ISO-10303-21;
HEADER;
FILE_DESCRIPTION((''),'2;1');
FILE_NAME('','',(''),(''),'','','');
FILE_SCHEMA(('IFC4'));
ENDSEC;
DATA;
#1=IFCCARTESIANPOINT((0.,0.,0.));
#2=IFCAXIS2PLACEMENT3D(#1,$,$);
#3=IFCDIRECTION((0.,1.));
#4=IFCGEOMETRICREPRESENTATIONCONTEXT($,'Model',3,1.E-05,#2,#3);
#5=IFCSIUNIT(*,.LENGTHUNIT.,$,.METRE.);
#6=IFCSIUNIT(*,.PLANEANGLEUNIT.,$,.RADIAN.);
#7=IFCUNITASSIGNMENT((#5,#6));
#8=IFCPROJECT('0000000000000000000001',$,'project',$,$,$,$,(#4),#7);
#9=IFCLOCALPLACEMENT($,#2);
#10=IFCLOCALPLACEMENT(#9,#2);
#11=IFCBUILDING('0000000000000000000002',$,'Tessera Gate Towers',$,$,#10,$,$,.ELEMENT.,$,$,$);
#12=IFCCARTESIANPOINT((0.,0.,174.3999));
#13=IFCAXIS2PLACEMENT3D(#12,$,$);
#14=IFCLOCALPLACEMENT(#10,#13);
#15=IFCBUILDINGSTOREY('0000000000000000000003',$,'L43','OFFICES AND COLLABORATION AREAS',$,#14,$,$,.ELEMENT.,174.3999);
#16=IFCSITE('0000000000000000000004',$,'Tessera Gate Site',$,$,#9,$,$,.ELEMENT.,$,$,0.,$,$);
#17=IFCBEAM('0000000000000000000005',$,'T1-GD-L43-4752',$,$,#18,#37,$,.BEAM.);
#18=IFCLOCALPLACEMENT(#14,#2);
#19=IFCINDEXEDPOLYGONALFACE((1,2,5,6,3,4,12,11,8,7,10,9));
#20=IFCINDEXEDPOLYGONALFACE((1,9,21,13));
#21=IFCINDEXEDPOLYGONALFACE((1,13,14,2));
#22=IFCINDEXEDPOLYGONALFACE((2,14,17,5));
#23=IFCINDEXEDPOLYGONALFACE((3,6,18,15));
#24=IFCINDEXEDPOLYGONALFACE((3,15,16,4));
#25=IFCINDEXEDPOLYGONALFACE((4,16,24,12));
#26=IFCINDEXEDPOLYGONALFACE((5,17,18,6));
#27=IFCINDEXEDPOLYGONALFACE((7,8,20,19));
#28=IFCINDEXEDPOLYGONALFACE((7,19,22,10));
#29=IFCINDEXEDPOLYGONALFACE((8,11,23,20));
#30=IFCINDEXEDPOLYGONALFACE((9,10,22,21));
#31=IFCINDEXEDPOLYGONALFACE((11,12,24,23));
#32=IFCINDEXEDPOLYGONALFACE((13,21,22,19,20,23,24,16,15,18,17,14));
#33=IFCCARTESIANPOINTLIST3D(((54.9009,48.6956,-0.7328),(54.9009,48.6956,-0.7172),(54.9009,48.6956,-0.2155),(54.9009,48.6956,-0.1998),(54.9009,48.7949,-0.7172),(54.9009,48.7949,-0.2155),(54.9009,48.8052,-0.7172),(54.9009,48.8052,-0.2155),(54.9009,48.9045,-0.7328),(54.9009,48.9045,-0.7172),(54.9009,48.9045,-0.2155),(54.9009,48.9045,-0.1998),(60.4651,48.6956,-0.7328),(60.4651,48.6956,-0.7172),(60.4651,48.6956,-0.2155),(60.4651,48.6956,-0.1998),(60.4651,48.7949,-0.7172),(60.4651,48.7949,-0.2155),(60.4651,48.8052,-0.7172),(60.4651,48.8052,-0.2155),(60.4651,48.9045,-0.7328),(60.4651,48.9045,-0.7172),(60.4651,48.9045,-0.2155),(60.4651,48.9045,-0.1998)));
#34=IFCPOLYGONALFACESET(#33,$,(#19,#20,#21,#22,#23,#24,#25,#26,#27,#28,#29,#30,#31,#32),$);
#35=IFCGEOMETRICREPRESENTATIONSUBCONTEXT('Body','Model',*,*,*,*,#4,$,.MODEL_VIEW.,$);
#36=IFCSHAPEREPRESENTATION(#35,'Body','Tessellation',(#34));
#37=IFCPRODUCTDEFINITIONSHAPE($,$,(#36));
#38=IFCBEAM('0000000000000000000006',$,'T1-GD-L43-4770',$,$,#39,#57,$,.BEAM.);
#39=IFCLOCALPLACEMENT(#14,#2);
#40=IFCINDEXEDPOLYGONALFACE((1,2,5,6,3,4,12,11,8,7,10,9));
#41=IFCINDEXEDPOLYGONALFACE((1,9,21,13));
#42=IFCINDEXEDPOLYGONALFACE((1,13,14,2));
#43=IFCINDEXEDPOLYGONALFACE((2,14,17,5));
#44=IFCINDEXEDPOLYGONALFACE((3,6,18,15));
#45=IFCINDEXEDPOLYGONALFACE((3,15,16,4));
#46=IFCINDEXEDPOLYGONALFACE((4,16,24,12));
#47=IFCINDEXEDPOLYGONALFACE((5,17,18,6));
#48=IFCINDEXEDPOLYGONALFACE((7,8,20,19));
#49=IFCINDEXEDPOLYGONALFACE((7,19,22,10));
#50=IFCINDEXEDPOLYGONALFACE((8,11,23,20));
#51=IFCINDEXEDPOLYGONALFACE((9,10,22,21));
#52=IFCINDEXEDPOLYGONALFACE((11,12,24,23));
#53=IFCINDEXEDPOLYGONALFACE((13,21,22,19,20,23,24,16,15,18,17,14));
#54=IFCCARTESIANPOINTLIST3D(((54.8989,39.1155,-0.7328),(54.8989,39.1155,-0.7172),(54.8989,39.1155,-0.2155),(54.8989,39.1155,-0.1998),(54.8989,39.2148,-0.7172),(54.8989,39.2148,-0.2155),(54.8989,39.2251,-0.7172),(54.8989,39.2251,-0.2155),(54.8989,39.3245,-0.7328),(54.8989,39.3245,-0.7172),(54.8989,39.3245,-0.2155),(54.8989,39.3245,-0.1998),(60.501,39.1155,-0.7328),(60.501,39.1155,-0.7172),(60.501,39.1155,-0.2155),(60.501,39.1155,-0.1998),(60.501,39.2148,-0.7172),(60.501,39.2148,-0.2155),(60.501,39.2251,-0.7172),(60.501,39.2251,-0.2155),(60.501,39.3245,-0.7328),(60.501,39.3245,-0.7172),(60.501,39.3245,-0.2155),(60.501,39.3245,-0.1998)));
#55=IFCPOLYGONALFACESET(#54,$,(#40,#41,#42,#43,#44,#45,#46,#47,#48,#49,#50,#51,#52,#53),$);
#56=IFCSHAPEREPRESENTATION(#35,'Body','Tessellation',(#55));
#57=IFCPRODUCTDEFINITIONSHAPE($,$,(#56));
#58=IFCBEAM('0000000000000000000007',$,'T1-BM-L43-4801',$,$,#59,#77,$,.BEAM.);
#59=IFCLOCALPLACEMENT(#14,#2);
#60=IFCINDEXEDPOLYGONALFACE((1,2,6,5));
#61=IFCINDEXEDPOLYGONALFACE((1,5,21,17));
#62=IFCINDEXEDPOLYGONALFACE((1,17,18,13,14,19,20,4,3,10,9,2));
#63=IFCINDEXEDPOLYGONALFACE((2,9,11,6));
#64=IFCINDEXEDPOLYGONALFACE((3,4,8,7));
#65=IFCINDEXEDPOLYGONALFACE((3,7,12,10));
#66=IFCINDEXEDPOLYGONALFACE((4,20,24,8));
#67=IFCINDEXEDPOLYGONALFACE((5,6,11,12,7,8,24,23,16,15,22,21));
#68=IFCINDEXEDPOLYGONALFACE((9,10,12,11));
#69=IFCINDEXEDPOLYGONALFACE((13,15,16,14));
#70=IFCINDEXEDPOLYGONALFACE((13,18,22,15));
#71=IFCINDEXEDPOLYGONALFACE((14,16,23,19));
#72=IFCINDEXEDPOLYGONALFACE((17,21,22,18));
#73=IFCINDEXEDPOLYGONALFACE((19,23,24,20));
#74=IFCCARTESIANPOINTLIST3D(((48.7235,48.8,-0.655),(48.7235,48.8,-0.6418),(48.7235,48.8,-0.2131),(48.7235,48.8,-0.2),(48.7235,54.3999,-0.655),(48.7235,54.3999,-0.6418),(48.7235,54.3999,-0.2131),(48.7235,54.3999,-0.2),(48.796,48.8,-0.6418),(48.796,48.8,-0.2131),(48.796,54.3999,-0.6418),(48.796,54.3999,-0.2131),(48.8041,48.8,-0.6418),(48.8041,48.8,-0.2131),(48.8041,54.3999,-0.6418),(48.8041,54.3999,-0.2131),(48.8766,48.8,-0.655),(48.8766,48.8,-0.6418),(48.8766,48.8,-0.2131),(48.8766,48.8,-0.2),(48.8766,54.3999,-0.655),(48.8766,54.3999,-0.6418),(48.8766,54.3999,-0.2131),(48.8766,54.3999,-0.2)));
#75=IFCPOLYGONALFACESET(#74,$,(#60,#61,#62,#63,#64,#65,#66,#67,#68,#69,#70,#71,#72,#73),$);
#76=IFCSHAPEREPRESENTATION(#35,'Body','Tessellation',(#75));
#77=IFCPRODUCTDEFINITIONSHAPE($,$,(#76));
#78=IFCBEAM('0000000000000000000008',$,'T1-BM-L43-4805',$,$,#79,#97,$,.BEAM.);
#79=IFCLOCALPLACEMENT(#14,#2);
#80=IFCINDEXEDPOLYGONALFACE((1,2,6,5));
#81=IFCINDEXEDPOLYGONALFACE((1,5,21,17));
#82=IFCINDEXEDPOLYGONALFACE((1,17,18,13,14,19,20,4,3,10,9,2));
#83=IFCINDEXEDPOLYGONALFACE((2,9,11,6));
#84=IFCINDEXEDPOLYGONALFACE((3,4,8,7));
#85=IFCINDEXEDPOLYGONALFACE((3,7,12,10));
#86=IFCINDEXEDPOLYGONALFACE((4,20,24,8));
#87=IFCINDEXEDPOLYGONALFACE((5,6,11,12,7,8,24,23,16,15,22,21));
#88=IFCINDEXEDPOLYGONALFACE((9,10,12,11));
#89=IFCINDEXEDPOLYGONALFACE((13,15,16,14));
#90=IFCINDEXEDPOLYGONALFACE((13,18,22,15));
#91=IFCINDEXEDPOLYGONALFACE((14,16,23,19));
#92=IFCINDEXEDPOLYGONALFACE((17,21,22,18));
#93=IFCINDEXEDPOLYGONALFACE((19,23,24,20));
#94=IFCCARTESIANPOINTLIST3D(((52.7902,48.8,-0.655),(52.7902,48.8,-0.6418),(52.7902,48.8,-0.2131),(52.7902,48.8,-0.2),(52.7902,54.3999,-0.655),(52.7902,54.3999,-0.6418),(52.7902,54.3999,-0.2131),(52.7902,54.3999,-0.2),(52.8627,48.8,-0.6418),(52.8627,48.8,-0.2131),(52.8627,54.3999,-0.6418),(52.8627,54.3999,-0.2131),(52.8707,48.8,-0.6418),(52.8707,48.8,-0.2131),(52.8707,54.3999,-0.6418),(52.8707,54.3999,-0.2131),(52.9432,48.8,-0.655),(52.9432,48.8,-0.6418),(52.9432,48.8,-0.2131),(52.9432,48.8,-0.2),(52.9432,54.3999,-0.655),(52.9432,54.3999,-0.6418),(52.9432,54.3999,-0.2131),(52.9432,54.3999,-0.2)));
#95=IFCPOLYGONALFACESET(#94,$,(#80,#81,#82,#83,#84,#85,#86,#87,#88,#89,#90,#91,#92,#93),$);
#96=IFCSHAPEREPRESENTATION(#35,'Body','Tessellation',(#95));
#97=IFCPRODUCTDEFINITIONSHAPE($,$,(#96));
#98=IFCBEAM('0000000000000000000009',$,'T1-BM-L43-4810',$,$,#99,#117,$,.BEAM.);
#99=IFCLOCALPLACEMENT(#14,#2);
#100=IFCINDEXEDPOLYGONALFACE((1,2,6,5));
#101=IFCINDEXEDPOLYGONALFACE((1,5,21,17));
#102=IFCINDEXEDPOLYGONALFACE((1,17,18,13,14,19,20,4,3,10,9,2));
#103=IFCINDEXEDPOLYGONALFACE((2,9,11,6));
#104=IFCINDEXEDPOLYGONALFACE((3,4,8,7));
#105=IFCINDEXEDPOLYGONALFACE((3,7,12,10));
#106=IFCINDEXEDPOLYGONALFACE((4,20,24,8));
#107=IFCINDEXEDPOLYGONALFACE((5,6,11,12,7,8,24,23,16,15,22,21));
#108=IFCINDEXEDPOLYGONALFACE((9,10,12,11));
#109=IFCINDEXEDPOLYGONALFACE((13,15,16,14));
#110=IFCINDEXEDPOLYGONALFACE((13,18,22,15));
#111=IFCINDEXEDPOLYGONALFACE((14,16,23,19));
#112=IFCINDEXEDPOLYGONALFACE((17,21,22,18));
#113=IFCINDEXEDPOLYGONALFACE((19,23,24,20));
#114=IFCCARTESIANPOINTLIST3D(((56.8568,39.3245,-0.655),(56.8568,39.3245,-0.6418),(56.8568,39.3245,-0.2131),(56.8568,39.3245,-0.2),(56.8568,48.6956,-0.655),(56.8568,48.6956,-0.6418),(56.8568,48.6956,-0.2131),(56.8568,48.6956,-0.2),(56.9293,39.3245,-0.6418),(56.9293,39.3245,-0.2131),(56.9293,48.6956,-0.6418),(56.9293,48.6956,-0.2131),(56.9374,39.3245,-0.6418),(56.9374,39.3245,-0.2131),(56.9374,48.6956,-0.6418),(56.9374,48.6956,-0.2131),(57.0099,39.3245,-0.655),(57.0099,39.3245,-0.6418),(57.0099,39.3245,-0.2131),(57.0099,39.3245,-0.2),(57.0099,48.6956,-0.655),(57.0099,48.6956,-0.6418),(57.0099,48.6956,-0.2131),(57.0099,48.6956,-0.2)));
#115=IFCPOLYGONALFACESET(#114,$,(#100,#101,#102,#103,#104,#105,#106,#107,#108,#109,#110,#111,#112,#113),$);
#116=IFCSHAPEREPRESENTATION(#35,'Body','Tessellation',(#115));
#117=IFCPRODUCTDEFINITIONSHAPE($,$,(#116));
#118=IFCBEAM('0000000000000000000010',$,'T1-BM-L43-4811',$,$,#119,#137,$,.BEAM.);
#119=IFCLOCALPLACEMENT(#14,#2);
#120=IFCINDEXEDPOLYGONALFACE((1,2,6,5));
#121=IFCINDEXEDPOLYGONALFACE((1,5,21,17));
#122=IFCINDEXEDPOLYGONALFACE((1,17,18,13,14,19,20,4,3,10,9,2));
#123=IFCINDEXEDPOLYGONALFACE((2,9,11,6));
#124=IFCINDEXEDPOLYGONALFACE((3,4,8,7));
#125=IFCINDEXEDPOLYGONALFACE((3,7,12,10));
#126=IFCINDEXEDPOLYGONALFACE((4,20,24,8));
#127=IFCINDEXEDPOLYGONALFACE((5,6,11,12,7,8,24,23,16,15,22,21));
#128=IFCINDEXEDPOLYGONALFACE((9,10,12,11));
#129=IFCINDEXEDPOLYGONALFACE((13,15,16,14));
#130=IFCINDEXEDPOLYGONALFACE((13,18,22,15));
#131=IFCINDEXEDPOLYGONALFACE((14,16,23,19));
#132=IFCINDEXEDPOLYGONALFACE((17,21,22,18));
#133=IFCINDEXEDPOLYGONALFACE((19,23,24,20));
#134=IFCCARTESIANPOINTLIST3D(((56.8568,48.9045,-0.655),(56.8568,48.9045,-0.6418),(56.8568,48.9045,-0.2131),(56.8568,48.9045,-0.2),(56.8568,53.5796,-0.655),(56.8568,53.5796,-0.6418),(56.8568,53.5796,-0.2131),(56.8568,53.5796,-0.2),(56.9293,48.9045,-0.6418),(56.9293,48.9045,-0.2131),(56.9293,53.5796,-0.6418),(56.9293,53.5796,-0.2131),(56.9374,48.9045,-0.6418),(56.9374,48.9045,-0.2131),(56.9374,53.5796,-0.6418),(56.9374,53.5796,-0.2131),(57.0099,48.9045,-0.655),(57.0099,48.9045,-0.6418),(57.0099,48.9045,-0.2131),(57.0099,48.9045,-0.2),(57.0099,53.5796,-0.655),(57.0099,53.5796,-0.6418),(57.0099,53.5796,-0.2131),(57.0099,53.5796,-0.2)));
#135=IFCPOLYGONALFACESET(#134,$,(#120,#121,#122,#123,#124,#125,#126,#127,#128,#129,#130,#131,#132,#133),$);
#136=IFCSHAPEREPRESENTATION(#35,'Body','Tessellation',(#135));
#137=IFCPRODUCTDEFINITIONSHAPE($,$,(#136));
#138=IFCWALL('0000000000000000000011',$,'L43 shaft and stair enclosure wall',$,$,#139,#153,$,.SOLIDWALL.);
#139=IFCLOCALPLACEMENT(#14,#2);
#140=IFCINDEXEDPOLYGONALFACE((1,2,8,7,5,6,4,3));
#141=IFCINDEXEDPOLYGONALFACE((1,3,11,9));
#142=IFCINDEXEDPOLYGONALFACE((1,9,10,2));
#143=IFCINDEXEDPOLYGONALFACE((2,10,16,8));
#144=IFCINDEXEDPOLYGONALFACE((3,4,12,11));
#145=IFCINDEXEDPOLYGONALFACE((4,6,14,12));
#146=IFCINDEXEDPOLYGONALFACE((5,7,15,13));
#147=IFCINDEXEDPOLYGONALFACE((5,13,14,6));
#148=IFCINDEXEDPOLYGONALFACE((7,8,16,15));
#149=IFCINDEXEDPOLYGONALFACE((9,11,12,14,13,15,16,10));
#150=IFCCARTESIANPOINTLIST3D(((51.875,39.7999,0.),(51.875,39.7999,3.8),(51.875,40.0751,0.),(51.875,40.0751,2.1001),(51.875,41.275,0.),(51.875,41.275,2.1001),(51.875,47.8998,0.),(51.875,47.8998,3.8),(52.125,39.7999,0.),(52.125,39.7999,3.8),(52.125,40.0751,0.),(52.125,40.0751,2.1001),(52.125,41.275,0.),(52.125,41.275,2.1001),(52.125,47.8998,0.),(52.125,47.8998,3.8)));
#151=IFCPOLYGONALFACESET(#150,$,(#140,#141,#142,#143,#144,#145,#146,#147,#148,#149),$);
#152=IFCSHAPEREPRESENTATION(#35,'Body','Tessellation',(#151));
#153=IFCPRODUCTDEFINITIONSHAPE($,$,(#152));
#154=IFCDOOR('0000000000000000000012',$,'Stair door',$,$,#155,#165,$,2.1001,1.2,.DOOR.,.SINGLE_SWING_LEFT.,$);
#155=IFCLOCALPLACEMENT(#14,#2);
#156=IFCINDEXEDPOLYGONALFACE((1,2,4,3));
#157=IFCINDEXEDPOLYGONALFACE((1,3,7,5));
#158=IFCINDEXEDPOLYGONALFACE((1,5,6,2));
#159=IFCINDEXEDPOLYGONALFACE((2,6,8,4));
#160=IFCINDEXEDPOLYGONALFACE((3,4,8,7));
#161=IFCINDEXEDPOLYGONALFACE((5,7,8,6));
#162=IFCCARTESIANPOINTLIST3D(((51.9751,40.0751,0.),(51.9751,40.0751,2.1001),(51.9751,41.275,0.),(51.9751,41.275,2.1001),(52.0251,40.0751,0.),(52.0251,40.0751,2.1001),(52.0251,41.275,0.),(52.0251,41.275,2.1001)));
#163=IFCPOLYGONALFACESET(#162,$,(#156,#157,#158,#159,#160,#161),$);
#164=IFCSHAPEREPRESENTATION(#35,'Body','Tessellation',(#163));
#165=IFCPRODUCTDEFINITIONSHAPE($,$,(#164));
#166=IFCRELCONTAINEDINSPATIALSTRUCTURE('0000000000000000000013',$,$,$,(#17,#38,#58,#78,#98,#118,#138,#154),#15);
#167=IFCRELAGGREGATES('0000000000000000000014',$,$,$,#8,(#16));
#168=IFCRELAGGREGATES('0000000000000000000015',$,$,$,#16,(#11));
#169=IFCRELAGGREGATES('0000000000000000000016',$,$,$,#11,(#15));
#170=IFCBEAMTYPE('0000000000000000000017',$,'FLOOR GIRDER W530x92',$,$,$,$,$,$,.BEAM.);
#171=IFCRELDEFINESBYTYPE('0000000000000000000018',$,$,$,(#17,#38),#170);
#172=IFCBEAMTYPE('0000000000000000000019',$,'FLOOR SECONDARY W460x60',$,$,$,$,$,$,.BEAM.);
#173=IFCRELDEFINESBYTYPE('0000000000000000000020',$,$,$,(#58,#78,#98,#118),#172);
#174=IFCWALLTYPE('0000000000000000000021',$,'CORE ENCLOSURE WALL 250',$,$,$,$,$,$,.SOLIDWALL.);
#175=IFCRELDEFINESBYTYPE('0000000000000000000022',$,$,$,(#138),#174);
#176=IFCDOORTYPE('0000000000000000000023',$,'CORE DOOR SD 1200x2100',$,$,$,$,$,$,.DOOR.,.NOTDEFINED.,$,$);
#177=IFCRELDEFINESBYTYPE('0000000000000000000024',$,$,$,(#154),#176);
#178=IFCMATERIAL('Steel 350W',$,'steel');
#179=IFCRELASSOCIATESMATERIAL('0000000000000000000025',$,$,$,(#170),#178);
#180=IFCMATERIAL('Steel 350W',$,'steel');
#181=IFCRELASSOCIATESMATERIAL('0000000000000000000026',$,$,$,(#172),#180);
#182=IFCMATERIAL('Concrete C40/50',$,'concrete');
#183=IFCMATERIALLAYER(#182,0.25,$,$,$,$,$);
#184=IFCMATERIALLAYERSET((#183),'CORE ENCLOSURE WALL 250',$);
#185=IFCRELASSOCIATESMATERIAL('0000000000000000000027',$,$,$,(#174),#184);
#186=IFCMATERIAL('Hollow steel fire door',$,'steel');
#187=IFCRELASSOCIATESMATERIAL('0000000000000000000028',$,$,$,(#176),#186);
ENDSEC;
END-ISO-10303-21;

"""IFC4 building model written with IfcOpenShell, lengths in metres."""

from ifc_helpers import new_model, si_unit, direction, frame, frame_2d, origin, origin_2d, place, context, subcontext, project, spatial, rectangle, i_section, extrude, source, transform, mapped, material, layer, layer_set, material_profile, profile_set, type_object, element, fill, save


model = new_model("IFC4")

# Units and contexts
model_context = context("Model", 3, precision=1e-05, world=origin(), true_north=direction((0.0, 1.0)))
body_context = subcontext(model_context, "Body", "Model", "MODEL_VIEW")
ifc_project = project(units=[si_unit("LENGTHUNIT", "METRE"), si_unit("PLANEANGLEUNIT", "RADIAN")], contexts=[model_context])

# Site, building, storey
site_placement = place(None, origin())
site = spatial("IfcSite", under=ifc_project, at=site_placement, Name="Tessera Gate Site", CompositionType="ELEMENT", RefElevation=0.0)
building_placement = place(site_placement, origin())
building = spatial("IfcBuilding", under=site, at=building_placement, Name="Tessera Gate Towers", CompositionType="ELEMENT")
storey_placement = place(building_placement, frame((0.0, 0.0, 174.3999)))
storey = spatial("IfcBuildingStorey", under=building, at=storey_placement, Name="L43", Description="OFFICES AND COLLABORATION AREAS", CompositionType="ELEMENT", Elevation=174.3999)

# Beams
ifc_material_1 = material(Name="Steel 350W", Category="steel")
ifc_material_profile_1 = material_profile(ifc_material_1, i_section(OverallWidth=0.209, OverallDepth=0.533, WebThickness=0.0103, FlangeThickness=0.0156, at=origin_2d()), Name="W530x92")
ifc_profile_set_1 = profile_set([ifc_material_profile_1], Name="Steel 350W")
beam_type_1 = type_object("IfcBeamType", Name="FLOOR GIRDER W530x92", PredefinedType="BEAM", material=ifc_profile_set_1)
beam_1_placement = place(storey_placement, frame((54.9009, 48.8, -0.4663), z_axis=(1.0, 0.0, 0.0), x_axis=(0.0, 1.0, 0.0)))
element("IfcBeam", 1, at=beam_1_placement, inside=storey, type_object=beam_type_1, Name="T1-GD-L43-4752", PredefinedType="BEAM", context=body_context, shape_type="SweptSolid", body=[
    extrude(i_section(OverallWidth=0.209, OverallDepth=0.533, WebThickness=0.0103, FlangeThickness=0.0156, at=origin_2d()), origin(), (0.0, 0.0, 1.0), 5.5642),
])
beam_2_placement = place(storey_placement, frame((54.8989, 39.22, -0.4663), z_axis=(1.0, 0.0, 0.0), x_axis=(0.0, 1.0, 0.0)))
element("IfcBeam", 2, at=beam_2_placement, inside=storey, type_object=beam_type_1, Name="T1-GD-L43-4770", PredefinedType="BEAM", context=body_context, shape_type="SweptSolid", body=[
    extrude(i_section(OverallWidth=0.209, OverallDepth=0.533, WebThickness=0.0103, FlangeThickness=0.0156, at=origin_2d()), origin(), (0.0, 0.0, 1.0), 5.6021),
])
ifc_material_2 = material(Name="Steel 350W", Category="steel")
ifc_material_profile_2 = material_profile(ifc_material_2, i_section(OverallWidth=0.1531, OverallDepth=0.4551, WebThickness=0.0081, FlangeThickness=0.0132, at=origin_2d()), Name="W460x60")
ifc_profile_set_2 = profile_set([ifc_material_profile_2], Name="Steel 350W")
beam_type_2 = type_object("IfcBeamType", Name="FLOOR SECONDARY W460x60", PredefinedType="BEAM", material=ifc_profile_set_2)
for number, where, z_axis, x_axis, name in (
    (3, (48.8, 48.8, -0.4275), (0.0, 1.0, 0.0), (-1.0, 0.0, 0.0), "T1-BM-L43-4801"),
    (4, (52.8667, 48.8, -0.4275), (0.0, 1.0, 0.0), (-1.0, 0.0, 0.0), "T1-BM-L43-4805"),
):
    element("IfcBeam", number, at=place(storey_placement, frame(where, z_axis=z_axis, x_axis=x_axis)), inside=storey, type_object=beam_type_2, Name=name, PredefinedType="BEAM", context=body_context, shape_type="SweptSolid", body=[
        extrude(i_section(OverallWidth=0.1531, OverallDepth=0.4551, WebThickness=0.0081, FlangeThickness=0.0132, at=origin_2d()), origin(), (0.0, 0.0, 1.0), 5.5999),
    ])
beam_3_placement = place(storey_placement, frame((56.9333, 39.3245, -0.4275), z_axis=(0.0, 1.0, 0.0), x_axis=(-1.0, 0.0, 0.0)))
element("IfcBeam", 5, at=beam_3_placement, inside=storey, type_object=beam_type_2, Name="T1-BM-L43-4810", PredefinedType="BEAM", context=body_context, shape_type="SweptSolid", body=[
    extrude(i_section(OverallWidth=0.1531, OverallDepth=0.4551, WebThickness=0.0081, FlangeThickness=0.0132, at=origin_2d()), origin(), (0.0, 0.0, 1.0), 9.3711),
])
beam_4_placement = place(storey_placement, frame((56.9333, 48.9045, -0.4275), z_axis=(0.0, 1.0, 0.0), x_axis=(-1.0, 0.0, 0.0)))
element("IfcBeam", 6, at=beam_4_placement, inside=storey, type_object=beam_type_2, Name="T1-BM-L43-4811", PredefinedType="BEAM", context=body_context, shape_type="SweptSolid", body=[
    extrude(i_section(OverallWidth=0.1531, OverallDepth=0.4551, WebThickness=0.0081, FlangeThickness=0.0132, at=origin_2d()), origin(), (0.0, 0.0, 1.0), 4.675),
])

# Wall, opening, door
ifc_material_3 = material(Name="Concrete C40/50", Category="concrete")
ifc_layer_1 = layer(ifc_material_3, 0.25)
ifc_layer_set_1 = layer_set([ifc_layer_1], Name="CORE ENCLOSURE WALL 250")
wall_type_1 = type_object("IfcWallType", Name="CORE ENCLOSURE WALL 250", PredefinedType="SOLIDWALL", material=ifc_layer_set_1)
wall_1_placement = place(storey_placement, frame((52.0, 39.8, 0.0), z_axis=(0.0, 0.0, 1.0), x_axis=(0.0, 1.0, 0.0)))
wall_1 = element("IfcWall", 7, at=wall_1_placement, inside=storey, type_object=wall_type_1, Name="L43 shaft and stair enclosure wall", PredefinedType="SOLIDWALL", context=body_context, shape_type="SweptSolid", body=[
    extrude(rectangle(XDim=8.0999, YDim=0.25, at=frame_2d((4.0498, 0.0))), origin(), (0.0, 0.0, 1.0), 3.8),
])
shared_shape_1 = source(origin(), body_context, "Body", "SweptSolid", [
    extrude(rectangle(XDim=1.2, YDim=2.1001, at=frame_2d((0.6001, 1.05))), frame((0.0, 0.135, 0.0), z_axis=(0.0, -1.0, 0.0), x_axis=(1.0, 0.0, 0.0)), (0.0, 0.0, 1.0), 0.27),
])
opening_1_placement = place(wall_1_placement, frame((0.2749, 0.0, 0.0)))
opening_1 = element("IfcOpeningElement", 8, at=opening_1_placement, cuts=wall_1, PredefinedType="OPENING", context=body_context, shape_type="MappedRepresentation", body=[
    mapped(shared_shape_1, transform((0.0, 0.0, 0.0), scale=1.0)),
])
ifc_material_4 = material(Name="Hollow steel fire door", Category="steel")
door_type_1 = type_object("IfcDoorType", Name="CORE DOOR SD 1200x2100", OperationType="NOTDEFINED", PredefinedType="DOOR", material=ifc_material_4)
shared_shape_2 = source(origin(), body_context, "Body", "SweptSolid", [
    extrude(rectangle(XDim=1.2, YDim=2.1001, at=frame_2d((0.6001, 1.05))), frame((0.0, 0.0249, 0.0), z_axis=(0.0, -1.0, 0.0), x_axis=(1.0, 0.0, 0.0)), (0.0, 0.0, 1.0), 0.05),
])
door_1_placement = place(opening_1_placement, origin())
door_1 = element("IfcDoor", 9, at=door_1_placement, inside=storey, type_object=door_type_1, Name="Stair door", OperationType="SINGLE_SWING_LEFT", OverallHeight=2.1001, OverallWidth=1.2, PredefinedType="DOOR", context=body_context, shape_type="MappedRepresentation", body=[
    mapped(shared_shape_2, transform((0.0, 0.0, 0.0), scale=1.0)),
])
fill(opening_1, door_1)

save(model, "model.ifc")
